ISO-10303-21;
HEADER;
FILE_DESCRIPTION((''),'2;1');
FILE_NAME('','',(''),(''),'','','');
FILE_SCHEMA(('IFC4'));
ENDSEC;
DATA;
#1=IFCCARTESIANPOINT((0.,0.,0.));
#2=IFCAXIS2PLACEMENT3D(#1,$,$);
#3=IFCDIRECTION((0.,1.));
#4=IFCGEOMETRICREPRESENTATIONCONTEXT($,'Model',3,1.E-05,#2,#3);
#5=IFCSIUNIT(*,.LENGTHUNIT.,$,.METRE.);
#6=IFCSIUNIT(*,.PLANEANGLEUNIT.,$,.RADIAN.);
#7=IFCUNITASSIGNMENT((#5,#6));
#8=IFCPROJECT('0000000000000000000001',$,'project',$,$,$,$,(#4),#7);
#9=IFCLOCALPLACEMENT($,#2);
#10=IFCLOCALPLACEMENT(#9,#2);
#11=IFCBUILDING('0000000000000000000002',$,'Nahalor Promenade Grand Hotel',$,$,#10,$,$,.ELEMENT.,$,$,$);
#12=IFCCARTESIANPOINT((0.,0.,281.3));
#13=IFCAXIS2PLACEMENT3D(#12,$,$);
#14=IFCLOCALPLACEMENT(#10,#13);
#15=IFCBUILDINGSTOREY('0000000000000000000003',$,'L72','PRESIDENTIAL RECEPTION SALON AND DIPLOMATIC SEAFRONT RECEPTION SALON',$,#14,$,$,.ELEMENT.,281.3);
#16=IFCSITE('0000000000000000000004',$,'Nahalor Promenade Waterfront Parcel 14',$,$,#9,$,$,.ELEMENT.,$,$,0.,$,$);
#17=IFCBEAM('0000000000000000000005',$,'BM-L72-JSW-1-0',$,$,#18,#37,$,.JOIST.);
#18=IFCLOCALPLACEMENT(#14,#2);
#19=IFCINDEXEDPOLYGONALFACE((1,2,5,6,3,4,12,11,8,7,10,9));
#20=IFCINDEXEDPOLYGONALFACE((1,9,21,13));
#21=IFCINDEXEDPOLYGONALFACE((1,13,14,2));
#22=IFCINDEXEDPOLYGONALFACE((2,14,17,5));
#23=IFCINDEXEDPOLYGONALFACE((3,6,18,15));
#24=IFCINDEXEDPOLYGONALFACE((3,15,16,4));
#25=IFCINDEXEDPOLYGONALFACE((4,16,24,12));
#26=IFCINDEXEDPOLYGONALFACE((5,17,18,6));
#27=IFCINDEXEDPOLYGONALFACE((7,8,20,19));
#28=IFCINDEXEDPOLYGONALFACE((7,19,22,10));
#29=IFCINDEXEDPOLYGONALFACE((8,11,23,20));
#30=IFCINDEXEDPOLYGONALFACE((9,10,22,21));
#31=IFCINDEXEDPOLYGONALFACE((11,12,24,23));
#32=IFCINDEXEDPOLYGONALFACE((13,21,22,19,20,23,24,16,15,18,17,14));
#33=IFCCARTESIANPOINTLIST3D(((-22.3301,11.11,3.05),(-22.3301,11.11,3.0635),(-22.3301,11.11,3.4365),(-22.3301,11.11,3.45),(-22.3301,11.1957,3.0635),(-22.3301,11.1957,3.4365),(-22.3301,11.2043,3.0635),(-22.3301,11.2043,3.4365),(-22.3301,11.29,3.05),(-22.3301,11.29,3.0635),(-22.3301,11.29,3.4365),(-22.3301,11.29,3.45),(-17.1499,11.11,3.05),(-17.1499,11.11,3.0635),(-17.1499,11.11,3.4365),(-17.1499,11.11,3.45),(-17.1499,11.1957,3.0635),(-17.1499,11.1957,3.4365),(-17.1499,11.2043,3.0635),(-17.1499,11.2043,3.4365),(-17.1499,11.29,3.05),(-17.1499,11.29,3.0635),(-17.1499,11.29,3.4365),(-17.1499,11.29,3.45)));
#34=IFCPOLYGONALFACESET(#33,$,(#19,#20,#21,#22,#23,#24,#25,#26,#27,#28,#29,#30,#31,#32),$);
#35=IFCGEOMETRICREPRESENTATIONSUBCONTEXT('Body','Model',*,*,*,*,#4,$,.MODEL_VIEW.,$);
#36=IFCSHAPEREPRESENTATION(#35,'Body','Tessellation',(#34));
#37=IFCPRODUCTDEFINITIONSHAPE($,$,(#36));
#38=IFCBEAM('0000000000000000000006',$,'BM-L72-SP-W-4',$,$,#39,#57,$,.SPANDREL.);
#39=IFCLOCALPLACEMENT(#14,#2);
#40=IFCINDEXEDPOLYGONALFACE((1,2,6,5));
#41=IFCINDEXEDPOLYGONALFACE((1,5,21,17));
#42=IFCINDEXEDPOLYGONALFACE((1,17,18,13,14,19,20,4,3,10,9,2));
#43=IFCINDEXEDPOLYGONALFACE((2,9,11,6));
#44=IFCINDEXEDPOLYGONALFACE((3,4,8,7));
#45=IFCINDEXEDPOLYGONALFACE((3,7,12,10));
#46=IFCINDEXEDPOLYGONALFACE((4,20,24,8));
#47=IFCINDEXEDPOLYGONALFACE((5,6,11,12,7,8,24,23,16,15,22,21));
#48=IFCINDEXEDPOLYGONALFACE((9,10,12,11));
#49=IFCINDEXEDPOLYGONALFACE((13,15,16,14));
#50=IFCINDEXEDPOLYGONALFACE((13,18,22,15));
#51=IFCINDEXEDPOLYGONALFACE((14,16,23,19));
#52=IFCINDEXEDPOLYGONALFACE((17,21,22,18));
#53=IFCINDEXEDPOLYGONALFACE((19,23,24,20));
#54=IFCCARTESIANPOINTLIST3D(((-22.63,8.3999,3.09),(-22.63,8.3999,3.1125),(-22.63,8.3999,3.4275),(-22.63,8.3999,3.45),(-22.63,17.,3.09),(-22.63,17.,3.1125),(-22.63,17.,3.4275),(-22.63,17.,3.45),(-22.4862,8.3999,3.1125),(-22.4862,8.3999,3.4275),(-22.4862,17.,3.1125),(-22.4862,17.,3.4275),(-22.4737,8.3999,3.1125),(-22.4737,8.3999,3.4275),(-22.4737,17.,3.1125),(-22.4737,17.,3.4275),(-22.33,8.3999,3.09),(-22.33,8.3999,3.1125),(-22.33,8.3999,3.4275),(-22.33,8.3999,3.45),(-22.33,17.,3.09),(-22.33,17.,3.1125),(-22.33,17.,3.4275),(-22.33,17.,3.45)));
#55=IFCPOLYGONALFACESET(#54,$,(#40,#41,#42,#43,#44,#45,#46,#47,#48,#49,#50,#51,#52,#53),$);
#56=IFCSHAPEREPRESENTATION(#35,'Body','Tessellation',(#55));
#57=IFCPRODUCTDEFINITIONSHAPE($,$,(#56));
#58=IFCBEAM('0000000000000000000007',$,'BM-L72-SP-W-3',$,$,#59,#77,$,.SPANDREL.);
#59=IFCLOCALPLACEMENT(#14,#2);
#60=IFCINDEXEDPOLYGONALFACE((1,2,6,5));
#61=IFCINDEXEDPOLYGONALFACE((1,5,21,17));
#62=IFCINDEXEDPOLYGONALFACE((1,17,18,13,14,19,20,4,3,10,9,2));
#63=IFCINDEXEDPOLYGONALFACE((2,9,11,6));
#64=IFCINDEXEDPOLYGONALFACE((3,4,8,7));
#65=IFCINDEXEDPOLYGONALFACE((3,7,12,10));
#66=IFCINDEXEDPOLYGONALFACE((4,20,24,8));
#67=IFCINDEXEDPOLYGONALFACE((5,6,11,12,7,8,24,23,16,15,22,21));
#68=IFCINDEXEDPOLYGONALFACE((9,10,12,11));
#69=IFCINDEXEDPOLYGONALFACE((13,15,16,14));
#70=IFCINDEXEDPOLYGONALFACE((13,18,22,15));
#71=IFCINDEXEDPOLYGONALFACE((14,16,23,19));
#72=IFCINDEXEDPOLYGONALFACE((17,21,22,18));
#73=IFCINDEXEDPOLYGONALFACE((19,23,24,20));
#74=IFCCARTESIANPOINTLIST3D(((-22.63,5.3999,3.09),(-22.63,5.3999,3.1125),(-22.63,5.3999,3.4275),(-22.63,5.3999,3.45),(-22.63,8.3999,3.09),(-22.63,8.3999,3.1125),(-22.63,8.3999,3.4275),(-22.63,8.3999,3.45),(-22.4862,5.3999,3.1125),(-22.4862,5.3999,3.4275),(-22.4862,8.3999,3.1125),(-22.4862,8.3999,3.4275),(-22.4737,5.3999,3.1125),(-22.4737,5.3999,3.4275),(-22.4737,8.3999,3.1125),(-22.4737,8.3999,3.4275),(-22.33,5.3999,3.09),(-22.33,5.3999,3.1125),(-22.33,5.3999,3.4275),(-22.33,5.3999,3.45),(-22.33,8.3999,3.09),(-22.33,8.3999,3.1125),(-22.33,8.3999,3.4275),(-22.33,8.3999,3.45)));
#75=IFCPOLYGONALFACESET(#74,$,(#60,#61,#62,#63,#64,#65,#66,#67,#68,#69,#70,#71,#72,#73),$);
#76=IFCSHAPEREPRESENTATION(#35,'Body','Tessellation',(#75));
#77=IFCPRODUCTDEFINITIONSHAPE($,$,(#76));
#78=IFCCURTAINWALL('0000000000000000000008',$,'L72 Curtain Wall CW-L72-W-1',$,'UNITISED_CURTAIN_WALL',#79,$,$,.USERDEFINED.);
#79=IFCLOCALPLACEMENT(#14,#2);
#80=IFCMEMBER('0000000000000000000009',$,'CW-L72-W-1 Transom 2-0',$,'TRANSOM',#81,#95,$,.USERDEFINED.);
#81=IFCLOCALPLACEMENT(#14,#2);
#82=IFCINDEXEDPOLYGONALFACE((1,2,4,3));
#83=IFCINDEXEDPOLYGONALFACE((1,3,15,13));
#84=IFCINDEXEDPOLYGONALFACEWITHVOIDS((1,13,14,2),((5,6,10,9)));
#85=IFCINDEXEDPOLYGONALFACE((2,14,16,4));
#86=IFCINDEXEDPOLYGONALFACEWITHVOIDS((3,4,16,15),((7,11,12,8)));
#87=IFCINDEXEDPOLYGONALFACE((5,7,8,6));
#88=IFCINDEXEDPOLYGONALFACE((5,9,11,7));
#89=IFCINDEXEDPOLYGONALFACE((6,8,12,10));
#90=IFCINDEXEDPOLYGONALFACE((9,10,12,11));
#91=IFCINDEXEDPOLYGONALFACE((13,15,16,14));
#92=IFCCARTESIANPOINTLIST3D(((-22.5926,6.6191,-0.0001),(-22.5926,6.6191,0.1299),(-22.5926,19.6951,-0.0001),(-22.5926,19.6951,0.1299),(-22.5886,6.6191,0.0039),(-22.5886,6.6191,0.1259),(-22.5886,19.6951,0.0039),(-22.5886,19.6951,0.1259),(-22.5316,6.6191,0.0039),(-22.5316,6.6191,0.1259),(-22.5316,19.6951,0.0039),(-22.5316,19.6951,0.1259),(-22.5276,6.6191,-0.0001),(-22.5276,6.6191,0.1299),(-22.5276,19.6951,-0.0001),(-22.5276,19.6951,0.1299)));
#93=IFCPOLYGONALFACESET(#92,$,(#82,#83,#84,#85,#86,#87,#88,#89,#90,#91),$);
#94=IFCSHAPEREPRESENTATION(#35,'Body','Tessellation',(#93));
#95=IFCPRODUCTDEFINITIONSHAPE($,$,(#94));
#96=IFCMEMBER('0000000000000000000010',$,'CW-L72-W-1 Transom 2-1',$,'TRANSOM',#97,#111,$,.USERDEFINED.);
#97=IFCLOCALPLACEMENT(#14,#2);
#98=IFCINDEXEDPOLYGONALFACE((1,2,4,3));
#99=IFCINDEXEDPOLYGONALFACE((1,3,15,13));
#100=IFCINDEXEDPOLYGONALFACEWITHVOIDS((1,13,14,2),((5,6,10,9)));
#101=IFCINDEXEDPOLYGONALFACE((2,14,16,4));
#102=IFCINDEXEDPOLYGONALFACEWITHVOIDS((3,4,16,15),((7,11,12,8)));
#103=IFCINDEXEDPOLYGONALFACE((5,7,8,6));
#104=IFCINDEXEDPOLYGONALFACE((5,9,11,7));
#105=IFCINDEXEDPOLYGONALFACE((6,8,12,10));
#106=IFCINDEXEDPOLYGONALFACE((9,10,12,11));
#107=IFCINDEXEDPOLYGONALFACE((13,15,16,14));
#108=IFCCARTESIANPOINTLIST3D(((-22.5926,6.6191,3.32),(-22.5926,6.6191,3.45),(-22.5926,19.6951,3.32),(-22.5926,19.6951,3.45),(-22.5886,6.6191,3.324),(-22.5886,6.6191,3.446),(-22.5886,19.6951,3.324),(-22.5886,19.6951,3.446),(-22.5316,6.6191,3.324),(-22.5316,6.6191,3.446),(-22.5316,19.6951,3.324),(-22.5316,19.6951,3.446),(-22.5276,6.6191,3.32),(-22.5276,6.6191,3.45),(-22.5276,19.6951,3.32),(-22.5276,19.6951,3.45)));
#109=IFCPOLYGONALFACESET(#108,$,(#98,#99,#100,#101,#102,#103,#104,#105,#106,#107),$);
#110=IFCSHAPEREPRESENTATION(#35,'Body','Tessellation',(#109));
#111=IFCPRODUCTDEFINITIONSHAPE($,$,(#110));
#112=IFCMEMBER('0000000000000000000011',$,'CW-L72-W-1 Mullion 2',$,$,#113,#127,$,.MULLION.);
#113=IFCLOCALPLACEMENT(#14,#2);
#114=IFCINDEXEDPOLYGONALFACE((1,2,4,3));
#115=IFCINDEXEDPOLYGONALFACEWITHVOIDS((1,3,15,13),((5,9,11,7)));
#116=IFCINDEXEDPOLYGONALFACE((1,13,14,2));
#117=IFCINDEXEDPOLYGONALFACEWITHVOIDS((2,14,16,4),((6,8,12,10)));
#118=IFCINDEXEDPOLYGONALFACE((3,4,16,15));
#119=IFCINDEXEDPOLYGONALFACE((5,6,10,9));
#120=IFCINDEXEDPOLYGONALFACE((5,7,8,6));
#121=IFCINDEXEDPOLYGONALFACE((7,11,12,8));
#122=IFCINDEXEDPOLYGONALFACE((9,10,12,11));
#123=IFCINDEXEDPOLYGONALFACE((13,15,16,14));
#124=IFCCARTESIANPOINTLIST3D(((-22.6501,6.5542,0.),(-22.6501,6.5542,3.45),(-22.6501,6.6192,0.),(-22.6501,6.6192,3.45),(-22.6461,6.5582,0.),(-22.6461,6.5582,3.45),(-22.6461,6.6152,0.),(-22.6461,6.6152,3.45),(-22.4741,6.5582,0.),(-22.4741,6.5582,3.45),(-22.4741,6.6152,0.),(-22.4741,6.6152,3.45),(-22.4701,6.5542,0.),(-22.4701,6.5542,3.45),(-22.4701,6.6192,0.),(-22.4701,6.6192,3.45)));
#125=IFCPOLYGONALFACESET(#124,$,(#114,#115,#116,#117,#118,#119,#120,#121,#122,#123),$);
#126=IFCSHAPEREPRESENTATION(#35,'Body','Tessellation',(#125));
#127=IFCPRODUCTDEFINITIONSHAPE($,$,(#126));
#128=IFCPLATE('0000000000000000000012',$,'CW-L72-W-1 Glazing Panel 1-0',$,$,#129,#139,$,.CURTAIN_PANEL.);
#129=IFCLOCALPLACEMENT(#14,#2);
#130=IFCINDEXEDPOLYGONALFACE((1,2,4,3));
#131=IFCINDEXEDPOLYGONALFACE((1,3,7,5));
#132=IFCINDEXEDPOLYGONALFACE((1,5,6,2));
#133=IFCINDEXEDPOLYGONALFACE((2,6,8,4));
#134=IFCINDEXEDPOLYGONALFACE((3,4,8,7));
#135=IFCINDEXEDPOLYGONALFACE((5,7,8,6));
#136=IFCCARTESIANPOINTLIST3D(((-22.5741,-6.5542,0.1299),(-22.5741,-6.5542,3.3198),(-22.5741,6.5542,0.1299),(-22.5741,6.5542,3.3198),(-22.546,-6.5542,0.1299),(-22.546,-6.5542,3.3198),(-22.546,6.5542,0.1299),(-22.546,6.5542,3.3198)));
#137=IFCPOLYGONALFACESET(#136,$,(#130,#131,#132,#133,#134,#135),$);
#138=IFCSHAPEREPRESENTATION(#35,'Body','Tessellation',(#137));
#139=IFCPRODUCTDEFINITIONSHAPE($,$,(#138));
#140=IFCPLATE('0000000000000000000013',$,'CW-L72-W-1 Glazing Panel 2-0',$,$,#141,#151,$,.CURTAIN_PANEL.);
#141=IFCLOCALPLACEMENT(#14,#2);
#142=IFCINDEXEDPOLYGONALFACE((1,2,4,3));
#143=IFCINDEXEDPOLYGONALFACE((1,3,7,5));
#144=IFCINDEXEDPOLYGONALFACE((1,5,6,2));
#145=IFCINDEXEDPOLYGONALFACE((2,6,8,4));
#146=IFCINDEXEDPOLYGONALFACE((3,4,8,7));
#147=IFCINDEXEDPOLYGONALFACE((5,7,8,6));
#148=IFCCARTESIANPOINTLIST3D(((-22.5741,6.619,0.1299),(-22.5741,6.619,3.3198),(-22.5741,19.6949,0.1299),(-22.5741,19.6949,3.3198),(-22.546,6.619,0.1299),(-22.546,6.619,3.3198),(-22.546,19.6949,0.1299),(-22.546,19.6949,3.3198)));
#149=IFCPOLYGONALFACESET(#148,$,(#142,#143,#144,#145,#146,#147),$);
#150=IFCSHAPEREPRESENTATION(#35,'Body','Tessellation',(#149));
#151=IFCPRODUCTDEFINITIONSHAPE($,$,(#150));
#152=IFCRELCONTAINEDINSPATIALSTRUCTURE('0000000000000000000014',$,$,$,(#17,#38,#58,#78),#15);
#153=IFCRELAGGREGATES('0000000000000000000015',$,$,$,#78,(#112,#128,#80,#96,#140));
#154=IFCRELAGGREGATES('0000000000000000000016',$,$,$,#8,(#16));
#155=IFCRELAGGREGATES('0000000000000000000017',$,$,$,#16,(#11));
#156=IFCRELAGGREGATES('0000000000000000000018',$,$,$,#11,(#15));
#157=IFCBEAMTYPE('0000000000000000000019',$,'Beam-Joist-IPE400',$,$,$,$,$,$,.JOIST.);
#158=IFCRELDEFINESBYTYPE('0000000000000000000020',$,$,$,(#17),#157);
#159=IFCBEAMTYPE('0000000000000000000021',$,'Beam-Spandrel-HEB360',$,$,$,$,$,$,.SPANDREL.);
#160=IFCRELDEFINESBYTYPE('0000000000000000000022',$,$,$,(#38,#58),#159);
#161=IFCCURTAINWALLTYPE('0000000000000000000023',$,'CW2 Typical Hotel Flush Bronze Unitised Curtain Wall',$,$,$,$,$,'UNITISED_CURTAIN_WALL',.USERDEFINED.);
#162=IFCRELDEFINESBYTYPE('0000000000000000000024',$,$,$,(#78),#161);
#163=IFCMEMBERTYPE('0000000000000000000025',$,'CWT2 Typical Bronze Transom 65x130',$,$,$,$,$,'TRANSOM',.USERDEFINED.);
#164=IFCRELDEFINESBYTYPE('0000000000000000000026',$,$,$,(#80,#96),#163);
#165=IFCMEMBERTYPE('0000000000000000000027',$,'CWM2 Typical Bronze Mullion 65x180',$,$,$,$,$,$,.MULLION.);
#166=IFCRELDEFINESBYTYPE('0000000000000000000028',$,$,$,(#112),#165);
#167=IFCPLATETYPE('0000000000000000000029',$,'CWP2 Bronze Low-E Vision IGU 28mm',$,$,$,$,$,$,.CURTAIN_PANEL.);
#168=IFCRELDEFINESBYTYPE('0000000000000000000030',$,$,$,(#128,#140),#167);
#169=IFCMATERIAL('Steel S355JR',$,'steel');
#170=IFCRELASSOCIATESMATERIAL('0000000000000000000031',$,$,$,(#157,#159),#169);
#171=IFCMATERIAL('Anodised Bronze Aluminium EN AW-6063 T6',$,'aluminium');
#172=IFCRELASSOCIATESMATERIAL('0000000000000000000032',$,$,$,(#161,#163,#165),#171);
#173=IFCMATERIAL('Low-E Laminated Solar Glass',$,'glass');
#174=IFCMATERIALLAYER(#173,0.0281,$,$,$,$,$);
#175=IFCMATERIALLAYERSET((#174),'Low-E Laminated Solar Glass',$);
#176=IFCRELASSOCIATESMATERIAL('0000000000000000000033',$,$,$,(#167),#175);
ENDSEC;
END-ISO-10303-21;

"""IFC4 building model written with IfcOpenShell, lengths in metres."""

from ifc_helpers import new_model, si_unit, direction, frame, origin, origin_2d, place, context, subcontext, project, spatial, rectangle, hollow_rectangle, i_section, extrude, source, transform, mapped, material, layer, layer_set, material_profile, profile_set, type_object, element, aggregate, save


model = new_model("IFC4")

# Units and contexts
model_context = context("Model", 3, precision=1e-05, world=origin(), true_north=direction((0.0, 1.0)))
body_context = subcontext(model_context, "Body", "Model", "MODEL_VIEW")
ifc_project = project(units=[si_unit("LENGTHUNIT", "METRE"), si_unit("PLANEANGLEUNIT", "RADIAN")], contexts=[model_context])

# Site, building, storey
site_placement = place(None, origin())
site = spatial("IfcSite", under=ifc_project, at=site_placement, Name="Nahalor Promenade Waterfront Parcel 14", CompositionType="ELEMENT", RefElevation=0.0)
building_placement = place(site_placement, origin())
building = spatial("IfcBuilding", under=site, at=building_placement, Name="Nahalor Promenade Grand Hotel", CompositionType="ELEMENT")
storey_placement = place(building_placement, frame((0.0, 0.0, 281.3)))
storey = spatial("IfcBuildingStorey", under=building, at=storey_placement, Name="L72", Description="PRESIDENTIAL RECEPTION SALON AND DIPLOMATIC SEAFRONT RECEPTION SALON", CompositionType="ELEMENT", Elevation=281.3)

# Shared definitions
ifc_material_1 = material(Name="Steel S355JR", Category="steel")

# Beams
ifc_material_profile_1 = material_profile(ifc_material_1, i_section(OverallWidth=0.18, OverallDepth=0.4, WebThickness=0.0086, FlangeThickness=0.0135, at=origin_2d()), Name="IPE 400")
ifc_profile_set_1 = profile_set([ifc_material_profile_1], Name="Steel S355JR")
beam_type_1 = type_object("IfcBeamType", Name="Beam-Joist-IPE400", PredefinedType="JOIST", material=ifc_profile_set_1)
shared_shape_1 = source(origin(), body_context, "Body", "SweptSolid", [
    extrude(i_section(OverallWidth=0.18, OverallDepth=0.4, WebThickness=0.0086, FlangeThickness=0.0135, at=origin_2d()), origin(), (0.0, 0.0, 1.0), 5.1802),
])
beam_1_placement = place(storey_placement, frame((-22.3301, 11.2, 3.25), z_axis=(1.0, 0.0, 0.0), x_axis=(0.0, 1.0, 0.0)))
element("IfcBeam", 1, at=beam_1_placement, inside=storey, type_object=beam_type_1, Name="BM-L72-JSW-1-0", PredefinedType="JOIST", context=body_context, shape_type="MappedRepresentation", body=[
    mapped(shared_shape_1, transform((0.0, 0.0, 0.0), scale=1.0)),
])
ifc_material_profile_2 = material_profile(ifc_material_1, i_section(OverallWidth=0.3, OverallDepth=0.36, WebThickness=0.0125, FlangeThickness=0.0225, at=origin_2d()), Name="HEB 360")
ifc_profile_set_2 = profile_set([ifc_material_profile_2], Name="Steel S355JR")
beam_type_2 = type_object("IfcBeamType", Name="Beam-Spandrel-HEB360", PredefinedType="SPANDREL", material=ifc_profile_set_2)
shared_shape_2 = source(origin(), body_context, "Body", "SweptSolid", [
    extrude(i_section(OverallWidth=0.3, OverallDepth=0.36, WebThickness=0.0125, FlangeThickness=0.0225, at=origin_2d()), origin(), (0.0, 0.0, 1.0), 8.6001),
])
beam_2_placement = place(storey_placement, frame((-22.48, 8.3999, 3.27), z_axis=(0.0, 1.0, 0.0), x_axis=(-1.0, 0.0, 0.0)))
element("IfcBeam", 2, at=beam_2_placement, inside=storey, type_object=beam_type_2, Name="BM-L72-SP-W-4", PredefinedType="SPANDREL", context=body_context, shape_type="MappedRepresentation", body=[
    mapped(shared_shape_2, transform((0.0, 0.0, 0.0), scale=1.0)),
])
shared_shape_3 = source(origin(), body_context, "Body", "SweptSolid", [
    extrude(i_section(OverallWidth=0.3, OverallDepth=0.36, WebThickness=0.0125, FlangeThickness=0.0225, at=origin_2d()), origin(), (0.0, 0.0, 1.0), 3.0),
])
beam_3_placement = place(storey_placement, frame((-22.48, 5.3999, 3.27), z_axis=(0.0, 1.0, 0.0), x_axis=(-1.0, 0.0, 0.0)))
element("IfcBeam", 3, at=beam_3_placement, inside=storey, type_object=beam_type_2, Name="BM-L72-SP-W-3", PredefinedType="SPANDREL", context=body_context, shape_type="MappedRepresentation", body=[
    mapped(shared_shape_3, transform((0.0, 0.0, 0.0), scale=1.0)),
])

# Curtain wall, members, plates
ifc_material_2 = material(Name="Anodised Bronze Aluminium EN AW-6063 T6", Category="aluminium")
curtain_wall_type = type_object("IfcCurtainWallType", Name="CW2 Typical Hotel Flush Bronze Unitised Curtain Wall", ElementType="UNITISED_CURTAIN_WALL", PredefinedType="USERDEFINED", material=ifc_material_2)
curtain_wall_placement = place(storey_placement, origin())
curtain_wall = element("IfcCurtainWall", 4, at=curtain_wall_placement, inside=storey, type_object=curtain_wall_type, Name="L72 Curtain Wall CW-L72-W-1", ObjectType="UNITISED_CURTAIN_WALL", PredefinedType="USERDEFINED")
ifc_material_profile_3 = material_profile(ifc_material_2, hollow_rectangle(XDim=0.065, YDim=0.13, WallThickness=0.004, at=origin_2d()), Name="CWT 65x130x4")
ifc_profile_set_3 = profile_set([ifc_material_profile_3], Name="Anodised Bronze Aluminium EN AW-6063 T6")
member_type_1 = type_object("IfcMemberType", Name="CWT2 Typical Bronze Transom 65x130", ElementType="TRANSOM", PredefinedType="USERDEFINED", material=ifc_profile_set_3)
shared_shape_4 = source(origin(), body_context, "Body", "SweptSolid", [
    extrude(hollow_rectangle(XDim=0.065, YDim=0.13, WallThickness=0.004, at=origin_2d()), origin(), (0.0, 0.0, 1.0), 13.0759),
])
member_1_placement = place(storey_placement, frame((-22.5601, 6.6191, 0.0649), z_axis=(0.0, 1.0, 0.0), x_axis=(-1.0, 0.0, 0.0)))
member_1 = element("IfcMember", 5, at=member_1_placement, type_object=member_type_1, Name="CW-L72-W-1 Transom 2-0", ObjectType="TRANSOM", PredefinedType="USERDEFINED", context=body_context, shape_type="MappedRepresentation", body=[
    mapped(shared_shape_4, transform((0.0, 0.0, 0.0), scale=1.0)),
])
member_2_placement = place(storey_placement, frame((-22.5601, 6.6191, 3.385), z_axis=(0.0, 1.0, 0.0), x_axis=(-1.0, 0.0, 0.0)))
member_2 = element("IfcMember", 6, at=member_2_placement, type_object=member_type_1, Name="CW-L72-W-1 Transom 2-1", ObjectType="TRANSOM", PredefinedType="USERDEFINED", context=body_context, shape_type="MappedRepresentation", body=[
    mapped(shared_shape_4, transform((0.0, 0.0, 0.0), scale=1.0)),
])
ifc_material_profile_4 = material_profile(ifc_material_2, hollow_rectangle(XDim=0.065, YDim=0.18, WallThickness=0.004, at=origin_2d()), Name="CWM 65x180x4")
ifc_profile_set_4 = profile_set([ifc_material_profile_4], Name="Anodised Bronze Aluminium EN AW-6063 T6")
member_type_2 = type_object("IfcMemberType", Name="CWM2 Typical Bronze Mullion 65x180", PredefinedType="MULLION", material=ifc_profile_set_4)
shared_shape_5 = source(origin(), body_context, "Body", "SweptSolid", [
    extrude(hollow_rectangle(XDim=0.065, YDim=0.18, WallThickness=0.004, at=origin_2d()), origin(), (0.0, 0.0, 1.0), 3.45),
])
member_3_placement = place(storey_placement, frame((-22.5601, 6.5867, 0.0), z_axis=(0.0, 0.0, 1.0), x_axis=(0.0, 1.0, 0.0)))
member_3 = element("IfcMember", 7, at=member_3_placement, type_object=member_type_2, Name="CW-L72-W-1 Mullion 2", PredefinedType="MULLION", context=body_context, shape_type="MappedRepresentation", body=[
    mapped(shared_shape_5, transform((0.0, 0.0, 0.0), scale=1.0)),
])
ifc_material_3 = material(Name="Low-E Laminated Solar Glass", Category="glass")
ifc_layer_1 = layer(ifc_material_3, 0.0281)
ifc_layer_set_1 = layer_set([ifc_layer_1], Name="Low-E Laminated Solar Glass")
plate_type = type_object("IfcPlateType", Name="CWP2 Bronze Low-E Vision IGU 28mm", PredefinedType="CURTAIN_PANEL", material=ifc_layer_set_1)
shared_shape_6 = source(origin(), body_context, "Body", "SweptSolid", [
    extrude(rectangle(XDim=13.1084, YDim=0.0281, at=origin_2d()), origin(), (0.0, 0.0, 1.0), 3.1899),
])
plate_1_placement = place(storey_placement, frame((-22.5601, 0.0, 0.1299), z_axis=(0.0, 0.0, 1.0), x_axis=(0.0, 1.0, 0.0)))
plate_1 = element("IfcPlate", 8, at=plate_1_placement, type_object=plate_type, Name="CW-L72-W-1 Glazing Panel 1-0", PredefinedType="CURTAIN_PANEL", context=body_context, shape_type="MappedRepresentation", body=[
    mapped(shared_shape_6, transform((0.0, 0.0, 0.0), scale=1.0)),
])
shared_shape_7 = source(origin(), body_context, "Body", "SweptSolid", [
    extrude(rectangle(XDim=13.0759, YDim=0.0281, at=origin_2d()), origin(), (0.0, 0.0, 1.0), 3.1899),
])
plate_2_placement = place(storey_placement, frame((-22.5601, 13.157, 0.1299), z_axis=(0.0, 0.0, 1.0), x_axis=(0.0, 1.0, 0.0)))
plate_2 = element("IfcPlate", 9, at=plate_2_placement, type_object=plate_type, Name="CW-L72-W-1 Glazing Panel 2-0", PredefinedType="CURTAIN_PANEL", context=body_context, shape_type="MappedRepresentation", body=[
    mapped(shared_shape_7, transform((0.0, 0.0, 0.0), scale=1.0)),
])
aggregate(curtain_wall, [member_3, plate_1, member_1, member_2, plate_2])

save(model, "model.ifc")
